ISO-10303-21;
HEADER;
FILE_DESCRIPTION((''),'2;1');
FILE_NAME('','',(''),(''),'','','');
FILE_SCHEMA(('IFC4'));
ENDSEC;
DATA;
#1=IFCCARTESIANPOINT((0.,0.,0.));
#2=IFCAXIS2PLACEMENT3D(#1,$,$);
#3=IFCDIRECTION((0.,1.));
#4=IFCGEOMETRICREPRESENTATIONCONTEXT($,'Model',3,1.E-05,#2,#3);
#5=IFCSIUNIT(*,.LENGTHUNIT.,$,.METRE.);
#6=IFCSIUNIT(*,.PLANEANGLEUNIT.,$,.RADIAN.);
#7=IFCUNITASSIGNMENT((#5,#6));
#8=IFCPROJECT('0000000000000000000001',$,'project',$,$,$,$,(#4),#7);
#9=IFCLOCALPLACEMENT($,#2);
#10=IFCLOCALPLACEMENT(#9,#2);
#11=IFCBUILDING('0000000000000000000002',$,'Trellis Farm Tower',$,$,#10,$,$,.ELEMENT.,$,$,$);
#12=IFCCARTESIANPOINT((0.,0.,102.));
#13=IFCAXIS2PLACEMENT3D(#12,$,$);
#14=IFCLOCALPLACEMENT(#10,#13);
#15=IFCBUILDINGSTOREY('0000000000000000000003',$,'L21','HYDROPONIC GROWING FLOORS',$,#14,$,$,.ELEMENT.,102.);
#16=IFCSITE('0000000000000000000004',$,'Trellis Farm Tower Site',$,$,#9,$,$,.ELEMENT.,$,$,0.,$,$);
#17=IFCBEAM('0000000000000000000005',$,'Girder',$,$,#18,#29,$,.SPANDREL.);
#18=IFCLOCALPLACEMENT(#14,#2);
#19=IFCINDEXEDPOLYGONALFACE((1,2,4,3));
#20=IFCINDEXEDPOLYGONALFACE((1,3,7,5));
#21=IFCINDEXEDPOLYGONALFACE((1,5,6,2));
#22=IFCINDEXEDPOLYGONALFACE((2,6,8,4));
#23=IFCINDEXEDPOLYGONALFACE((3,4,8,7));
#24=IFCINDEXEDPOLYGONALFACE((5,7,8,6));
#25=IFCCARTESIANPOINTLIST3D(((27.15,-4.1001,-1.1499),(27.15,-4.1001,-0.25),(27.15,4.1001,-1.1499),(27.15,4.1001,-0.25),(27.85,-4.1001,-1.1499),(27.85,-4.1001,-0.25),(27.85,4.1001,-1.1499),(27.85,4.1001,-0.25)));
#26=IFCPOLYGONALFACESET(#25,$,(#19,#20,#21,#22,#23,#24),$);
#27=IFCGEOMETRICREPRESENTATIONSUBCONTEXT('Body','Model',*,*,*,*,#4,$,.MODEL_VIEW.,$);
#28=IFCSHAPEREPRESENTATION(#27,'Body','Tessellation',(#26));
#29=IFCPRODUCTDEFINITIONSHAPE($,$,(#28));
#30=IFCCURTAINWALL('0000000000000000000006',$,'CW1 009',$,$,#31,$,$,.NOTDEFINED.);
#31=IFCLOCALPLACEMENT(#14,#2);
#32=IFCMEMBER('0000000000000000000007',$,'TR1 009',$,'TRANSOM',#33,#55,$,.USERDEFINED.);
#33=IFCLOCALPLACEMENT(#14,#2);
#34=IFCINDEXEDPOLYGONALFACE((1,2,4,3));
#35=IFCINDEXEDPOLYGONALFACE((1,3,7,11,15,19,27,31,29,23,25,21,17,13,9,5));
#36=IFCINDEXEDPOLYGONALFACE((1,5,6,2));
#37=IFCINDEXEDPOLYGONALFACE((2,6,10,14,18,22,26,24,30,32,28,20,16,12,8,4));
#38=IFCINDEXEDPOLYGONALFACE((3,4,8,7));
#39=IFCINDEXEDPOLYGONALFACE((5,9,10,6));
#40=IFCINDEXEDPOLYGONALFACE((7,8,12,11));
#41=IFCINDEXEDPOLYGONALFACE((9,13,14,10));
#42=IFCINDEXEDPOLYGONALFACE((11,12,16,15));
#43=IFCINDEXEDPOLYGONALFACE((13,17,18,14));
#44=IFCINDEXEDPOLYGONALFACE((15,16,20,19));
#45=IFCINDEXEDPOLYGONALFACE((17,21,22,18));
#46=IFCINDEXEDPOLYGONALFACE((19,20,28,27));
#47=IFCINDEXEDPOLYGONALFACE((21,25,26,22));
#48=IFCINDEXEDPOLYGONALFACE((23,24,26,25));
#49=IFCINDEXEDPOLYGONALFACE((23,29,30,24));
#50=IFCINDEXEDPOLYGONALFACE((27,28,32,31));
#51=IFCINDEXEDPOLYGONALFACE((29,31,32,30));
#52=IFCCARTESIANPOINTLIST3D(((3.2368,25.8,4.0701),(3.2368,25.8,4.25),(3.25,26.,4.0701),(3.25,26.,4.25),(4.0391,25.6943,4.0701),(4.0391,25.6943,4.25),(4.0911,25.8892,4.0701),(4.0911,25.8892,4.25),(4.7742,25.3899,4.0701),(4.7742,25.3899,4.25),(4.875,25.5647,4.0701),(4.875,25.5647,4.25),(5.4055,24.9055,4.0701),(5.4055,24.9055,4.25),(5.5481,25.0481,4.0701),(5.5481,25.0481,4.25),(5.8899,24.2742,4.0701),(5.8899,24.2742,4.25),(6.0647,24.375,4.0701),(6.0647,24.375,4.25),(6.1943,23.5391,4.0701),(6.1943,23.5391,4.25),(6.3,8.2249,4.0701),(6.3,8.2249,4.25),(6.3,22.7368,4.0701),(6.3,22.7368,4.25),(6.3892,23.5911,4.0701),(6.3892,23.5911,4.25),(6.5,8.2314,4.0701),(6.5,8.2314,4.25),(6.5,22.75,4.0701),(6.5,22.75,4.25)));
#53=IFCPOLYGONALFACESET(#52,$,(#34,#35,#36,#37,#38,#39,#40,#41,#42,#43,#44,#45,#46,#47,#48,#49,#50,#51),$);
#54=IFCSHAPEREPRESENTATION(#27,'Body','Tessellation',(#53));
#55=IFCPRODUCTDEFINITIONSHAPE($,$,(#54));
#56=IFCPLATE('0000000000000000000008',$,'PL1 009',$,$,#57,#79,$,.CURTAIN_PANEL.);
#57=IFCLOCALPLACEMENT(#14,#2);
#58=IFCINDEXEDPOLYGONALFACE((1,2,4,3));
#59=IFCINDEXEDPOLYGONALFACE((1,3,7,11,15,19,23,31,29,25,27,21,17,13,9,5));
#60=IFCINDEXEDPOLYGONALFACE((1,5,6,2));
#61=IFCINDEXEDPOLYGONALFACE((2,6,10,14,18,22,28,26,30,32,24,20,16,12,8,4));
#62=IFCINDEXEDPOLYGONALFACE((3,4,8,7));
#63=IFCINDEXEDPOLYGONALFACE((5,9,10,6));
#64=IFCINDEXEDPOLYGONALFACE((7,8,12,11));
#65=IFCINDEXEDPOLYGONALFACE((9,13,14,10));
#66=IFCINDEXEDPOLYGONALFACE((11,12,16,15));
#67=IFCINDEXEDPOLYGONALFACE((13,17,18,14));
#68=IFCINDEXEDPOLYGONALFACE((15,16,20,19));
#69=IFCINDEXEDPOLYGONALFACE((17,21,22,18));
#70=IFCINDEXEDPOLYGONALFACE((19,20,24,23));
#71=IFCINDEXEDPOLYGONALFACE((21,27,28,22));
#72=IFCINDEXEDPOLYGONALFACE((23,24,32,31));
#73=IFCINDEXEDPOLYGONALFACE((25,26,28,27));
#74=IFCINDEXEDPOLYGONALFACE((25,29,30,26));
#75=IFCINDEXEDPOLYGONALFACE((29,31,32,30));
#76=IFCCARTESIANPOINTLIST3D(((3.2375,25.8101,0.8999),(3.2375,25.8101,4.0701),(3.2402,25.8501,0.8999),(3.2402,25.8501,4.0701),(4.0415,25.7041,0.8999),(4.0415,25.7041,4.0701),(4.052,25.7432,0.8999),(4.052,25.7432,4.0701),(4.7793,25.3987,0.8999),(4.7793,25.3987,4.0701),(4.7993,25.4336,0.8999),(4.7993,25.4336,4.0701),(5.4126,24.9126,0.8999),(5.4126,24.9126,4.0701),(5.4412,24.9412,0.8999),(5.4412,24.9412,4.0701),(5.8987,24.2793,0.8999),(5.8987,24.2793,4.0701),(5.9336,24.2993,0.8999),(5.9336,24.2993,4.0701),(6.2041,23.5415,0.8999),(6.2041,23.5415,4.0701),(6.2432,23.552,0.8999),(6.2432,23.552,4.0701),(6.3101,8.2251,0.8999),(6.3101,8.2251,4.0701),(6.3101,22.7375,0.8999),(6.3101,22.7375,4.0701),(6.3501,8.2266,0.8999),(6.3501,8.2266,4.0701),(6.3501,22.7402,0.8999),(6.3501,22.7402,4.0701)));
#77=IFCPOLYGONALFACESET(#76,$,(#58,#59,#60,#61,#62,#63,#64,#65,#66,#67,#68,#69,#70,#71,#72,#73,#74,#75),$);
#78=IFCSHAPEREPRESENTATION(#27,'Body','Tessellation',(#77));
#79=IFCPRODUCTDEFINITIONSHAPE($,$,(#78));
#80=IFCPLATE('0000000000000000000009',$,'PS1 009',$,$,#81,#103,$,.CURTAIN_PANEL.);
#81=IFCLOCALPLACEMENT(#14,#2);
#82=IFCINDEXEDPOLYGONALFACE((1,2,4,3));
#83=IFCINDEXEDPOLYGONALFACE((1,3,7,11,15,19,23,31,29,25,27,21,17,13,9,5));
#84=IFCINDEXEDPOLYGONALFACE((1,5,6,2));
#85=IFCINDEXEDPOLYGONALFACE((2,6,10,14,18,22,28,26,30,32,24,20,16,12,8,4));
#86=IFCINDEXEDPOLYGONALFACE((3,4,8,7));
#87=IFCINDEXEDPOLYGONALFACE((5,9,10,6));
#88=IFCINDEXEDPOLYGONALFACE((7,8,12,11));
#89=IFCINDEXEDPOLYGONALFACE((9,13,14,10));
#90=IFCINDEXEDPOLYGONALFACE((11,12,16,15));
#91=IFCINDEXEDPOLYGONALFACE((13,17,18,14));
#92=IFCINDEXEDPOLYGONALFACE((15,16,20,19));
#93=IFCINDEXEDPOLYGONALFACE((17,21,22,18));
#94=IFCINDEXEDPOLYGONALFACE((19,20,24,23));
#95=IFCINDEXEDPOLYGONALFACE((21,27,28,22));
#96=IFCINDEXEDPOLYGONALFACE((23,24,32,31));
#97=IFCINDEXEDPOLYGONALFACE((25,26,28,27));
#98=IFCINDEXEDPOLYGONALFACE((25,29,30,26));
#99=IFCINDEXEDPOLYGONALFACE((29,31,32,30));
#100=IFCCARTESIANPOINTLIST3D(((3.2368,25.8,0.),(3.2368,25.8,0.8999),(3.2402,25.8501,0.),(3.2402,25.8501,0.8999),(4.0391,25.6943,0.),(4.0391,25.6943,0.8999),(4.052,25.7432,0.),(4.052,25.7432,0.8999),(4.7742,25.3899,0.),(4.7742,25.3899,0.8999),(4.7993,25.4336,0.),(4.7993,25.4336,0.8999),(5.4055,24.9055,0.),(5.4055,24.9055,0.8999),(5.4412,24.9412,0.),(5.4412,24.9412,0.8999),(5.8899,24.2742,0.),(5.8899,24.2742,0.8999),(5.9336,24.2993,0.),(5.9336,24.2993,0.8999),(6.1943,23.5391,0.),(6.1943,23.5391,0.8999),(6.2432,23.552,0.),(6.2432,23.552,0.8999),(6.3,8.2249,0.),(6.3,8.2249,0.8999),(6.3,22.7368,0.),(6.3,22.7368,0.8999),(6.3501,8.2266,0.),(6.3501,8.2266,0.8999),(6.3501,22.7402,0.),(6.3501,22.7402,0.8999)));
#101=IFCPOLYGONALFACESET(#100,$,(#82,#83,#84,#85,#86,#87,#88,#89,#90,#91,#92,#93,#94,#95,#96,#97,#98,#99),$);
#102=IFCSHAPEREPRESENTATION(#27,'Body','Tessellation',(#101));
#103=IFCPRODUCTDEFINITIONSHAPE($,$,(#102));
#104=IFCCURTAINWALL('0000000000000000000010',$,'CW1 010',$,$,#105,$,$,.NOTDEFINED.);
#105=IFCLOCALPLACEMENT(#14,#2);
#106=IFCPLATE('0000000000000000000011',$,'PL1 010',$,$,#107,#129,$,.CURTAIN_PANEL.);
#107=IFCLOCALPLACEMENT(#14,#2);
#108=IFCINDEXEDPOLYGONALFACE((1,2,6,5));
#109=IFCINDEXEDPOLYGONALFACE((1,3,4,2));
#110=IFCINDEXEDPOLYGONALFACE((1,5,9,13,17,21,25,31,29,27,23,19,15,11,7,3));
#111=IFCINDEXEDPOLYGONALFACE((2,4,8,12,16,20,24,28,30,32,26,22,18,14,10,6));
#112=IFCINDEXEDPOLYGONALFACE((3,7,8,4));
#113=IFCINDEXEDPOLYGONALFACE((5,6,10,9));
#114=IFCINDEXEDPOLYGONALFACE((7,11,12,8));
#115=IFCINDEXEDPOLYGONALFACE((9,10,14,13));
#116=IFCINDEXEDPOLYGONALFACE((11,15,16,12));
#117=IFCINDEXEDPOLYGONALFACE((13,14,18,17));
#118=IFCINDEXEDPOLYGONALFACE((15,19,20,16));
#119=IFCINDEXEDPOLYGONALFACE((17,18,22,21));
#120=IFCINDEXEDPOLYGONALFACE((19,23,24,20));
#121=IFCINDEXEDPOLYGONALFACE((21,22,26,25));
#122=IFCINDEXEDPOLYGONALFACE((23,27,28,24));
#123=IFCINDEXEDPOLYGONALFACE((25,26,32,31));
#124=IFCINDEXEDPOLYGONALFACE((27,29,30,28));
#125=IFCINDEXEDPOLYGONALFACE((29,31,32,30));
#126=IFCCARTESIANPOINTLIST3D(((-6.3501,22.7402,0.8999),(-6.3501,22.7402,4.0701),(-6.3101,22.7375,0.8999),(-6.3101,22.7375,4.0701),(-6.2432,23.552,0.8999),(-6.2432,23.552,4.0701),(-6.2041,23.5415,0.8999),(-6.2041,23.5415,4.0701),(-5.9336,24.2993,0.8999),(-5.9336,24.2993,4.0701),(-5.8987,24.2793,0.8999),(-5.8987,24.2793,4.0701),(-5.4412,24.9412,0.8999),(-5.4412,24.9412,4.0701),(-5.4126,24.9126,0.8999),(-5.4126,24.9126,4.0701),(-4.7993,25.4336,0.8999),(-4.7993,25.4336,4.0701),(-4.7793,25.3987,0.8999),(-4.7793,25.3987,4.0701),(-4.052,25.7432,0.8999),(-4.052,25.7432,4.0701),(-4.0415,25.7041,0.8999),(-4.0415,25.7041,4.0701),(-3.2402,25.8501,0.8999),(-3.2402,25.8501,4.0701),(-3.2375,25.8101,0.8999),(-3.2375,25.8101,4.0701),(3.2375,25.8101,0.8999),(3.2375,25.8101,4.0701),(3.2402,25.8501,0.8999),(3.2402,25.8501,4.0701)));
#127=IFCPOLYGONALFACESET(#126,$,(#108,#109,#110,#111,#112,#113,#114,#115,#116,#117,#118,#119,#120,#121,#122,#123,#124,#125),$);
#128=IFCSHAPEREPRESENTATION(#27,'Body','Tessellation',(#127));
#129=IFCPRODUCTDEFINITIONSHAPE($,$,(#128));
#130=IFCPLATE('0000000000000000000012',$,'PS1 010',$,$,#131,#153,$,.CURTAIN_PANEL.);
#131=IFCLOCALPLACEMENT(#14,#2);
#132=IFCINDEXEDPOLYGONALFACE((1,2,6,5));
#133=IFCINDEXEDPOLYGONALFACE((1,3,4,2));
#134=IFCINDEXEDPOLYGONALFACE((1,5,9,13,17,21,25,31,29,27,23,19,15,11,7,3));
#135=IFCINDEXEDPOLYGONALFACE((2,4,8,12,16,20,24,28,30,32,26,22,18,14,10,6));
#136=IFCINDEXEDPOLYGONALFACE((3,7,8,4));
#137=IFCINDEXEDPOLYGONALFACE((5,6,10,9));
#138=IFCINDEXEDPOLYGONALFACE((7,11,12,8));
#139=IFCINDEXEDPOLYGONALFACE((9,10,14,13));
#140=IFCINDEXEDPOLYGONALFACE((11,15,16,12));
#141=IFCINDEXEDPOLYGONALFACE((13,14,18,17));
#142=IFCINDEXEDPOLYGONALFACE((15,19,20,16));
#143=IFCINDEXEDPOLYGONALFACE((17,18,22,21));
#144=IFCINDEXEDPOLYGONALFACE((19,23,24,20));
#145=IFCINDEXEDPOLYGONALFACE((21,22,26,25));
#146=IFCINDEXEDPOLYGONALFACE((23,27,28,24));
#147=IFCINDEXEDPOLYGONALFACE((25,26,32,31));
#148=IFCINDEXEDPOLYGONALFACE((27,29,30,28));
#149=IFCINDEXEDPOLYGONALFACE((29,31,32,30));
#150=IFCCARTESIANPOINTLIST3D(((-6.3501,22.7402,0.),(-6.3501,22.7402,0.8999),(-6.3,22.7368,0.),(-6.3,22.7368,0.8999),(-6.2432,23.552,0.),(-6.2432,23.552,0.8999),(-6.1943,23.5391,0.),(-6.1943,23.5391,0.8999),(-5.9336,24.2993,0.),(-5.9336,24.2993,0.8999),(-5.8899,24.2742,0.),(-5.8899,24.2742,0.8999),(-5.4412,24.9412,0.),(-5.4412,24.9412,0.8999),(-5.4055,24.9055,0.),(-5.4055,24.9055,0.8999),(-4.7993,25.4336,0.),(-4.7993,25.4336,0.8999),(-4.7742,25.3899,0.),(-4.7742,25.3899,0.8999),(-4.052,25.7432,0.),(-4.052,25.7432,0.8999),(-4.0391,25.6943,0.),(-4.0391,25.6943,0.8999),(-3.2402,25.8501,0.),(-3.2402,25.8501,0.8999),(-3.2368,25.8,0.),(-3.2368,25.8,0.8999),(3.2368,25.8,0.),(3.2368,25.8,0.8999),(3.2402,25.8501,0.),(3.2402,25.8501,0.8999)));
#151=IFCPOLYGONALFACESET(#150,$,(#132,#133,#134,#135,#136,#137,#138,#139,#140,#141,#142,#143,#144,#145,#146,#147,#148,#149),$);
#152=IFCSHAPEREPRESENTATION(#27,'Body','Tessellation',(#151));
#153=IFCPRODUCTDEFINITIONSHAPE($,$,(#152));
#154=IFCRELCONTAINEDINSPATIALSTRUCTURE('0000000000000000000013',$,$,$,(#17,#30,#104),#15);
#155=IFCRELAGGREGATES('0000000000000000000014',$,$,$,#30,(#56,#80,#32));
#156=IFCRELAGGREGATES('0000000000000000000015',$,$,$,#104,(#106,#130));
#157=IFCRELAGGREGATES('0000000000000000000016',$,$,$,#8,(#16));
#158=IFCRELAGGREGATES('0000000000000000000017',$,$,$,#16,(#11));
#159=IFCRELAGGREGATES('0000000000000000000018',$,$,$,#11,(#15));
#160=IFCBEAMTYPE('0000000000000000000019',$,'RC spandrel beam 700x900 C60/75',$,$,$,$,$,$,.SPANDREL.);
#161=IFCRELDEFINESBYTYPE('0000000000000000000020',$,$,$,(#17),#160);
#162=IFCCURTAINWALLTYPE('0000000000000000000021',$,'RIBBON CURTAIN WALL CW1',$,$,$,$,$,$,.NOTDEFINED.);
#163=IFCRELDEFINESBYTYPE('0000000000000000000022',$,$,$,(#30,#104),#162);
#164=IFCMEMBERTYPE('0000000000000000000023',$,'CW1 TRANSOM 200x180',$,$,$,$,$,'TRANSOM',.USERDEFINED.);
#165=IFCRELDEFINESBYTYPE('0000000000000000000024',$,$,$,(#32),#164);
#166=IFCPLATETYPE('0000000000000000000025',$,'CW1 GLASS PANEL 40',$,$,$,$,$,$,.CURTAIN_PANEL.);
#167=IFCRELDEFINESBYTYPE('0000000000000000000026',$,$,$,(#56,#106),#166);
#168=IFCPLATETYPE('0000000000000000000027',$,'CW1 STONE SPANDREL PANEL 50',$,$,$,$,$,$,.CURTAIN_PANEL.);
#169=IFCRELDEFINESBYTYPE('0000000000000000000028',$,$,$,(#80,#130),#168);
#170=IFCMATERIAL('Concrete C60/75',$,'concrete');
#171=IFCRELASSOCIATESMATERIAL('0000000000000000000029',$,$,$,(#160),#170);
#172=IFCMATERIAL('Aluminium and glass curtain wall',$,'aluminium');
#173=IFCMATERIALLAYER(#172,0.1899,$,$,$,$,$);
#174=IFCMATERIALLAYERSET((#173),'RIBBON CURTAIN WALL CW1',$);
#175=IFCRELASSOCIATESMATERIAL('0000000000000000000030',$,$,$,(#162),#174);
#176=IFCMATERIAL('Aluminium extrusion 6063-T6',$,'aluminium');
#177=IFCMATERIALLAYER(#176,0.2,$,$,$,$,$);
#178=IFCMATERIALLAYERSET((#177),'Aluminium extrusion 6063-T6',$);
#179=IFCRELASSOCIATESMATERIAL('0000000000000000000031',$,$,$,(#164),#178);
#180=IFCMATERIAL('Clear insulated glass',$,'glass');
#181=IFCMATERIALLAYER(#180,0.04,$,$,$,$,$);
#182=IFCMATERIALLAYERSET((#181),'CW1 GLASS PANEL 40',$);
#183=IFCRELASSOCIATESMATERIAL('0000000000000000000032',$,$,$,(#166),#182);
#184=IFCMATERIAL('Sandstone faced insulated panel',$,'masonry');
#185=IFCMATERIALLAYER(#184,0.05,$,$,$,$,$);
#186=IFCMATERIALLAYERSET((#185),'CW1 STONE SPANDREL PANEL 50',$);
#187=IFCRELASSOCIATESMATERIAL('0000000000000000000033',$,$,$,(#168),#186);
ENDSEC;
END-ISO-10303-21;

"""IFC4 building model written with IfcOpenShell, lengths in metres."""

from ifc_helpers import new_model, si_unit, direction, frame, origin, origin_2d, place, context, subcontext, project, spatial, polyline, rectangle, outline, extrude, source, transform, mapped, material, layer, layer_set, material_profile, profile_set, type_object, element, aggregate, save


model = new_model("IFC4")

# Units and contexts
model_context = context("Model", 3, precision=1e-05, world=origin(), true_north=direction((0.0, 1.0)))
body_context = subcontext(model_context, "Body", "Model", "MODEL_VIEW")
ifc_project = project(units=[si_unit("LENGTHUNIT", "METRE"), si_unit("PLANEANGLEUNIT", "RADIAN")], contexts=[model_context])

# Site, building, storey
site_placement = place(None, origin())
site = spatial("IfcSite", under=ifc_project, at=site_placement, Name="Trellis Farm Tower Site", CompositionType="ELEMENT", RefElevation=0.0)
building_placement = place(site_placement, origin())
building = spatial("IfcBuilding", under=site, at=building_placement, Name="Trellis Farm Tower", CompositionType="ELEMENT")
storey_placement = place(building_placement, frame((0.0, 0.0, 102.0)))
storey = spatial("IfcBuildingStorey", under=building, at=storey_placement, Name="L21", Description="HYDROPONIC GROWING FLOORS", CompositionType="ELEMENT", Elevation=102.0)

# Beam
ifc_material_1 = material(Name="Concrete C60/75", Category="concrete")
ifc_material_profile = material_profile(ifc_material_1, rectangle(XDim=0.7, YDim=0.8999, at=origin_2d()), Name="RC spandrel beam 700x900 C60/75")
ifc_profile_set = profile_set([ifc_material_profile], Name="Concrete C60/75")
beam_type = type_object("IfcBeamType", Name="RC spandrel beam 700x900 C60/75", PredefinedType="SPANDREL", material=ifc_profile_set)
shared_shape_1 = source(origin(), body_context, "Body", "SweptSolid", [
    extrude(rectangle(XDim=0.7, YDim=0.8999, at=origin_2d()), origin(), (0.0, 0.0, 1.0), 8.2002),
])
beam_placement = place(storey_placement, frame((27.5, -4.1001, -0.7), z_axis=(0.0, 1.0, 0.0), x_axis=(-1.0, 0.0, 0.0)))
element("IfcBeam", 1, at=beam_placement, inside=storey, type_object=beam_type, Name="Girder", PredefinedType="SPANDREL", context=body_context, shape_type="MappedRepresentation", body=[
    mapped(shared_shape_1, transform((0.0, 0.0, 0.0))),
])

# Curtain wall, member, plates
ifc_material_2 = material(Name="Aluminium and glass curtain wall", Category="aluminium")
ifc_layer_1 = layer(ifc_material_2, 0.1899)
ifc_layer_set_1 = layer_set([ifc_layer_1], Name="RIBBON CURTAIN WALL CW1")
curtain_wall_type = type_object("IfcCurtainWallType", Name="RIBBON CURTAIN WALL CW1", PredefinedType="NOTDEFINED", material=ifc_layer_set_1)
placement_1 = place(storey_placement, origin())
curtain_wall_1 = element("IfcCurtainWall", 2, at=placement_1, inside=storey, type_object=curtain_wall_type, Name="CW1 009", PredefinedType="NOTDEFINED")
ifc_material_3 = material(Name="Aluminium extrusion 6063-T6", Category="aluminium")
ifc_layer_2 = layer(ifc_material_3, 0.2)
ifc_layer_set_2 = layer_set([ifc_layer_2], Name="Aluminium extrusion 6063-T6")
member_type = type_object("IfcMemberType", Name="CW1 TRANSOM 200x180", ElementType="TRANSOM", PredefinedType="USERDEFINED", material=ifc_layer_set_2)
shared_shape_2 = source(origin(), body_context, "Body", "SweptSolid", [
    extrude(outline(polyline([(6.5, 8.2314), (6.5, 22.75), (6.3892, 23.5911), (6.0647, 24.375), (5.5481, 25.0481), (4.875, 25.5647), (4.0911, 25.8892), (3.25, 26.0), (3.2368, 25.8), (4.0391, 25.6943), (4.7742, 25.3899), (5.4055, 24.9055), (5.8899, 24.2742), (6.1943, 23.5391), (6.3, 22.7368), (6.3, 8.2249), (6.5, 8.2314)])), origin(), (0.0, 0.0, 1.0), 0.1799),
])
member_placement = place(storey_placement, frame((0.0, 0.0, 4.0701)))
member = element("IfcMember", 3, at=member_placement, type_object=member_type, Name="TR1 009", ObjectType="TRANSOM", PredefinedType="USERDEFINED", context=body_context, shape_type="MappedRepresentation", body=[
    mapped(shared_shape_2, transform((0.0, 0.0, 0.0))),
])
ifc_material_4 = material(Name="Clear insulated glass", Category="glass")
ifc_layer_3 = layer(ifc_material_4, 0.04)
ifc_layer_set_3 = layer_set([ifc_layer_3], Name="CW1 GLASS PANEL 40")
plate_type_1 = type_object("IfcPlateType", Name="CW1 GLASS PANEL 40", PredefinedType="CURTAIN_PANEL", material=ifc_layer_set_3)
shared_shape_3 = source(origin(), body_context, "Body", "SweptSolid", [
    extrude(outline(polyline([(6.3501, 8.2266), (6.3501, 22.7402), (6.2432, 23.552), (5.9336, 24.2993), (5.4412, 24.9412), (4.7993, 25.4336), (4.052, 25.7432), (3.2402, 25.8501), (3.2375, 25.8101), (4.0415, 25.7041), (4.7793, 25.3987), (5.4126, 24.9126), (5.8987, 24.2793), (6.2041, 23.5415), (6.3101, 22.7375), (6.3101, 8.2251), (6.3501, 8.2266)])), origin(), (0.0, 0.0, 1.0), 3.1702),
])
placement_2 = place(storey_placement, frame((0.0, 0.0, 0.8999)))
plate_1 = element("IfcPlate", 4, at=placement_2, type_object=plate_type_1, Name="PL1 009", PredefinedType="CURTAIN_PANEL", context=body_context, shape_type="MappedRepresentation", body=[
    mapped(shared_shape_3, transform((0.0, 0.0, 0.0))),
])
ifc_material_5 = material(Name="Sandstone faced insulated panel", Category="masonry")
ifc_layer_4 = layer(ifc_material_5, 0.05)
ifc_layer_set_4 = layer_set([ifc_layer_4], Name="CW1 STONE SPANDREL PANEL 50")
plate_type_2 = type_object("IfcPlateType", Name="CW1 STONE SPANDREL PANEL 50", PredefinedType="CURTAIN_PANEL", material=ifc_layer_set_4)
shared_shape_4 = source(origin(), body_context, "Body", "SweptSolid", [
    extrude(outline(polyline([(6.3501, 8.2266), (6.3501, 22.7402), (6.2432, 23.552), (5.9336, 24.2993), (5.4412, 24.9412), (4.7993, 25.4336), (4.052, 25.7432), (3.2402, 25.8501), (3.2368, 25.8), (4.0391, 25.6943), (4.7742, 25.3899), (5.4055, 24.9055), (5.8899, 24.2742), (6.1943, 23.5391), (6.3, 22.7368), (6.3, 8.2249), (6.3501, 8.2266)])), origin(), (0.0, 0.0, 1.0), 0.8999),
])
plate_2 = element("IfcPlate", 5, at=placement_1, type_object=plate_type_2, Name="PS1 009", PredefinedType="CURTAIN_PANEL", context=body_context, shape_type="MappedRepresentation", body=[
    mapped(shared_shape_4, transform((0.0, 0.0, 0.0))),
])
aggregate(curtain_wall_1, [plate_1, plate_2, member])

# Curtain wall, plates
curtain_wall_2 = element("IfcCurtainWall", 6, at=placement_1, inside=storey, type_object=curtain_wall_type, Name="CW1 010", PredefinedType="NOTDEFINED")
shared_shape_5 = source(origin(), body_context, "Body", "SweptSolid", [
    extrude(outline(polyline([(3.2402, 25.8501), (-3.2402, 25.8501), (-4.052, 25.7432), (-4.7993, 25.4336), (-5.4412, 24.9412), (-5.9336, 24.2993), (-6.2432, 23.552), (-6.3501, 22.7402), (-6.3101, 22.7375), (-6.2041, 23.5415), (-5.8987, 24.2793), (-5.4126, 24.9126), (-4.7793, 25.3987), (-4.0415, 25.7041), (-3.2375, 25.8101), (3.2375, 25.8101), (3.2402, 25.8501)])), origin(), (0.0, 0.0, 1.0), 3.1702),
])
plate_3 = element("IfcPlate", 7, at=placement_2, type_object=plate_type_1, Name="PL1 010", PredefinedType="CURTAIN_PANEL", context=body_context, shape_type="MappedRepresentation", body=[
    mapped(shared_shape_5, transform((0.0, 0.0, 0.0))),
])
shared_shape_6 = source(origin(), body_context, "Body", "SweptSolid", [
    extrude(outline(polyline([(3.2402, 25.8501), (-3.2402, 25.8501), (-4.052, 25.7432), (-4.7993, 25.4336), (-5.4412, 24.9412), (-5.9336, 24.2993), (-6.2432, 23.552), (-6.3501, 22.7402), (-6.3, 22.7368), (-6.1943, 23.5391), (-5.8899, 24.2742), (-5.4055, 24.9055), (-4.7742, 25.3899), (-4.0391, 25.6943), (-3.2368, 25.8), (3.2368, 25.8), (3.2402, 25.8501)])), origin(), (0.0, 0.0, 1.0), 0.8999),
])
plate_4 = element("IfcPlate", 8, at=placement_1, type_object=plate_type_2, Name="PS1 010", PredefinedType="CURTAIN_PANEL", context=body_context, shape_type="MappedRepresentation", body=[
    mapped(shared_shape_6, transform((0.0, 0.0, 0.0))),
])
aggregate(curtain_wall_2, [plate_3, plate_4])

save(model, "model.ifc")
